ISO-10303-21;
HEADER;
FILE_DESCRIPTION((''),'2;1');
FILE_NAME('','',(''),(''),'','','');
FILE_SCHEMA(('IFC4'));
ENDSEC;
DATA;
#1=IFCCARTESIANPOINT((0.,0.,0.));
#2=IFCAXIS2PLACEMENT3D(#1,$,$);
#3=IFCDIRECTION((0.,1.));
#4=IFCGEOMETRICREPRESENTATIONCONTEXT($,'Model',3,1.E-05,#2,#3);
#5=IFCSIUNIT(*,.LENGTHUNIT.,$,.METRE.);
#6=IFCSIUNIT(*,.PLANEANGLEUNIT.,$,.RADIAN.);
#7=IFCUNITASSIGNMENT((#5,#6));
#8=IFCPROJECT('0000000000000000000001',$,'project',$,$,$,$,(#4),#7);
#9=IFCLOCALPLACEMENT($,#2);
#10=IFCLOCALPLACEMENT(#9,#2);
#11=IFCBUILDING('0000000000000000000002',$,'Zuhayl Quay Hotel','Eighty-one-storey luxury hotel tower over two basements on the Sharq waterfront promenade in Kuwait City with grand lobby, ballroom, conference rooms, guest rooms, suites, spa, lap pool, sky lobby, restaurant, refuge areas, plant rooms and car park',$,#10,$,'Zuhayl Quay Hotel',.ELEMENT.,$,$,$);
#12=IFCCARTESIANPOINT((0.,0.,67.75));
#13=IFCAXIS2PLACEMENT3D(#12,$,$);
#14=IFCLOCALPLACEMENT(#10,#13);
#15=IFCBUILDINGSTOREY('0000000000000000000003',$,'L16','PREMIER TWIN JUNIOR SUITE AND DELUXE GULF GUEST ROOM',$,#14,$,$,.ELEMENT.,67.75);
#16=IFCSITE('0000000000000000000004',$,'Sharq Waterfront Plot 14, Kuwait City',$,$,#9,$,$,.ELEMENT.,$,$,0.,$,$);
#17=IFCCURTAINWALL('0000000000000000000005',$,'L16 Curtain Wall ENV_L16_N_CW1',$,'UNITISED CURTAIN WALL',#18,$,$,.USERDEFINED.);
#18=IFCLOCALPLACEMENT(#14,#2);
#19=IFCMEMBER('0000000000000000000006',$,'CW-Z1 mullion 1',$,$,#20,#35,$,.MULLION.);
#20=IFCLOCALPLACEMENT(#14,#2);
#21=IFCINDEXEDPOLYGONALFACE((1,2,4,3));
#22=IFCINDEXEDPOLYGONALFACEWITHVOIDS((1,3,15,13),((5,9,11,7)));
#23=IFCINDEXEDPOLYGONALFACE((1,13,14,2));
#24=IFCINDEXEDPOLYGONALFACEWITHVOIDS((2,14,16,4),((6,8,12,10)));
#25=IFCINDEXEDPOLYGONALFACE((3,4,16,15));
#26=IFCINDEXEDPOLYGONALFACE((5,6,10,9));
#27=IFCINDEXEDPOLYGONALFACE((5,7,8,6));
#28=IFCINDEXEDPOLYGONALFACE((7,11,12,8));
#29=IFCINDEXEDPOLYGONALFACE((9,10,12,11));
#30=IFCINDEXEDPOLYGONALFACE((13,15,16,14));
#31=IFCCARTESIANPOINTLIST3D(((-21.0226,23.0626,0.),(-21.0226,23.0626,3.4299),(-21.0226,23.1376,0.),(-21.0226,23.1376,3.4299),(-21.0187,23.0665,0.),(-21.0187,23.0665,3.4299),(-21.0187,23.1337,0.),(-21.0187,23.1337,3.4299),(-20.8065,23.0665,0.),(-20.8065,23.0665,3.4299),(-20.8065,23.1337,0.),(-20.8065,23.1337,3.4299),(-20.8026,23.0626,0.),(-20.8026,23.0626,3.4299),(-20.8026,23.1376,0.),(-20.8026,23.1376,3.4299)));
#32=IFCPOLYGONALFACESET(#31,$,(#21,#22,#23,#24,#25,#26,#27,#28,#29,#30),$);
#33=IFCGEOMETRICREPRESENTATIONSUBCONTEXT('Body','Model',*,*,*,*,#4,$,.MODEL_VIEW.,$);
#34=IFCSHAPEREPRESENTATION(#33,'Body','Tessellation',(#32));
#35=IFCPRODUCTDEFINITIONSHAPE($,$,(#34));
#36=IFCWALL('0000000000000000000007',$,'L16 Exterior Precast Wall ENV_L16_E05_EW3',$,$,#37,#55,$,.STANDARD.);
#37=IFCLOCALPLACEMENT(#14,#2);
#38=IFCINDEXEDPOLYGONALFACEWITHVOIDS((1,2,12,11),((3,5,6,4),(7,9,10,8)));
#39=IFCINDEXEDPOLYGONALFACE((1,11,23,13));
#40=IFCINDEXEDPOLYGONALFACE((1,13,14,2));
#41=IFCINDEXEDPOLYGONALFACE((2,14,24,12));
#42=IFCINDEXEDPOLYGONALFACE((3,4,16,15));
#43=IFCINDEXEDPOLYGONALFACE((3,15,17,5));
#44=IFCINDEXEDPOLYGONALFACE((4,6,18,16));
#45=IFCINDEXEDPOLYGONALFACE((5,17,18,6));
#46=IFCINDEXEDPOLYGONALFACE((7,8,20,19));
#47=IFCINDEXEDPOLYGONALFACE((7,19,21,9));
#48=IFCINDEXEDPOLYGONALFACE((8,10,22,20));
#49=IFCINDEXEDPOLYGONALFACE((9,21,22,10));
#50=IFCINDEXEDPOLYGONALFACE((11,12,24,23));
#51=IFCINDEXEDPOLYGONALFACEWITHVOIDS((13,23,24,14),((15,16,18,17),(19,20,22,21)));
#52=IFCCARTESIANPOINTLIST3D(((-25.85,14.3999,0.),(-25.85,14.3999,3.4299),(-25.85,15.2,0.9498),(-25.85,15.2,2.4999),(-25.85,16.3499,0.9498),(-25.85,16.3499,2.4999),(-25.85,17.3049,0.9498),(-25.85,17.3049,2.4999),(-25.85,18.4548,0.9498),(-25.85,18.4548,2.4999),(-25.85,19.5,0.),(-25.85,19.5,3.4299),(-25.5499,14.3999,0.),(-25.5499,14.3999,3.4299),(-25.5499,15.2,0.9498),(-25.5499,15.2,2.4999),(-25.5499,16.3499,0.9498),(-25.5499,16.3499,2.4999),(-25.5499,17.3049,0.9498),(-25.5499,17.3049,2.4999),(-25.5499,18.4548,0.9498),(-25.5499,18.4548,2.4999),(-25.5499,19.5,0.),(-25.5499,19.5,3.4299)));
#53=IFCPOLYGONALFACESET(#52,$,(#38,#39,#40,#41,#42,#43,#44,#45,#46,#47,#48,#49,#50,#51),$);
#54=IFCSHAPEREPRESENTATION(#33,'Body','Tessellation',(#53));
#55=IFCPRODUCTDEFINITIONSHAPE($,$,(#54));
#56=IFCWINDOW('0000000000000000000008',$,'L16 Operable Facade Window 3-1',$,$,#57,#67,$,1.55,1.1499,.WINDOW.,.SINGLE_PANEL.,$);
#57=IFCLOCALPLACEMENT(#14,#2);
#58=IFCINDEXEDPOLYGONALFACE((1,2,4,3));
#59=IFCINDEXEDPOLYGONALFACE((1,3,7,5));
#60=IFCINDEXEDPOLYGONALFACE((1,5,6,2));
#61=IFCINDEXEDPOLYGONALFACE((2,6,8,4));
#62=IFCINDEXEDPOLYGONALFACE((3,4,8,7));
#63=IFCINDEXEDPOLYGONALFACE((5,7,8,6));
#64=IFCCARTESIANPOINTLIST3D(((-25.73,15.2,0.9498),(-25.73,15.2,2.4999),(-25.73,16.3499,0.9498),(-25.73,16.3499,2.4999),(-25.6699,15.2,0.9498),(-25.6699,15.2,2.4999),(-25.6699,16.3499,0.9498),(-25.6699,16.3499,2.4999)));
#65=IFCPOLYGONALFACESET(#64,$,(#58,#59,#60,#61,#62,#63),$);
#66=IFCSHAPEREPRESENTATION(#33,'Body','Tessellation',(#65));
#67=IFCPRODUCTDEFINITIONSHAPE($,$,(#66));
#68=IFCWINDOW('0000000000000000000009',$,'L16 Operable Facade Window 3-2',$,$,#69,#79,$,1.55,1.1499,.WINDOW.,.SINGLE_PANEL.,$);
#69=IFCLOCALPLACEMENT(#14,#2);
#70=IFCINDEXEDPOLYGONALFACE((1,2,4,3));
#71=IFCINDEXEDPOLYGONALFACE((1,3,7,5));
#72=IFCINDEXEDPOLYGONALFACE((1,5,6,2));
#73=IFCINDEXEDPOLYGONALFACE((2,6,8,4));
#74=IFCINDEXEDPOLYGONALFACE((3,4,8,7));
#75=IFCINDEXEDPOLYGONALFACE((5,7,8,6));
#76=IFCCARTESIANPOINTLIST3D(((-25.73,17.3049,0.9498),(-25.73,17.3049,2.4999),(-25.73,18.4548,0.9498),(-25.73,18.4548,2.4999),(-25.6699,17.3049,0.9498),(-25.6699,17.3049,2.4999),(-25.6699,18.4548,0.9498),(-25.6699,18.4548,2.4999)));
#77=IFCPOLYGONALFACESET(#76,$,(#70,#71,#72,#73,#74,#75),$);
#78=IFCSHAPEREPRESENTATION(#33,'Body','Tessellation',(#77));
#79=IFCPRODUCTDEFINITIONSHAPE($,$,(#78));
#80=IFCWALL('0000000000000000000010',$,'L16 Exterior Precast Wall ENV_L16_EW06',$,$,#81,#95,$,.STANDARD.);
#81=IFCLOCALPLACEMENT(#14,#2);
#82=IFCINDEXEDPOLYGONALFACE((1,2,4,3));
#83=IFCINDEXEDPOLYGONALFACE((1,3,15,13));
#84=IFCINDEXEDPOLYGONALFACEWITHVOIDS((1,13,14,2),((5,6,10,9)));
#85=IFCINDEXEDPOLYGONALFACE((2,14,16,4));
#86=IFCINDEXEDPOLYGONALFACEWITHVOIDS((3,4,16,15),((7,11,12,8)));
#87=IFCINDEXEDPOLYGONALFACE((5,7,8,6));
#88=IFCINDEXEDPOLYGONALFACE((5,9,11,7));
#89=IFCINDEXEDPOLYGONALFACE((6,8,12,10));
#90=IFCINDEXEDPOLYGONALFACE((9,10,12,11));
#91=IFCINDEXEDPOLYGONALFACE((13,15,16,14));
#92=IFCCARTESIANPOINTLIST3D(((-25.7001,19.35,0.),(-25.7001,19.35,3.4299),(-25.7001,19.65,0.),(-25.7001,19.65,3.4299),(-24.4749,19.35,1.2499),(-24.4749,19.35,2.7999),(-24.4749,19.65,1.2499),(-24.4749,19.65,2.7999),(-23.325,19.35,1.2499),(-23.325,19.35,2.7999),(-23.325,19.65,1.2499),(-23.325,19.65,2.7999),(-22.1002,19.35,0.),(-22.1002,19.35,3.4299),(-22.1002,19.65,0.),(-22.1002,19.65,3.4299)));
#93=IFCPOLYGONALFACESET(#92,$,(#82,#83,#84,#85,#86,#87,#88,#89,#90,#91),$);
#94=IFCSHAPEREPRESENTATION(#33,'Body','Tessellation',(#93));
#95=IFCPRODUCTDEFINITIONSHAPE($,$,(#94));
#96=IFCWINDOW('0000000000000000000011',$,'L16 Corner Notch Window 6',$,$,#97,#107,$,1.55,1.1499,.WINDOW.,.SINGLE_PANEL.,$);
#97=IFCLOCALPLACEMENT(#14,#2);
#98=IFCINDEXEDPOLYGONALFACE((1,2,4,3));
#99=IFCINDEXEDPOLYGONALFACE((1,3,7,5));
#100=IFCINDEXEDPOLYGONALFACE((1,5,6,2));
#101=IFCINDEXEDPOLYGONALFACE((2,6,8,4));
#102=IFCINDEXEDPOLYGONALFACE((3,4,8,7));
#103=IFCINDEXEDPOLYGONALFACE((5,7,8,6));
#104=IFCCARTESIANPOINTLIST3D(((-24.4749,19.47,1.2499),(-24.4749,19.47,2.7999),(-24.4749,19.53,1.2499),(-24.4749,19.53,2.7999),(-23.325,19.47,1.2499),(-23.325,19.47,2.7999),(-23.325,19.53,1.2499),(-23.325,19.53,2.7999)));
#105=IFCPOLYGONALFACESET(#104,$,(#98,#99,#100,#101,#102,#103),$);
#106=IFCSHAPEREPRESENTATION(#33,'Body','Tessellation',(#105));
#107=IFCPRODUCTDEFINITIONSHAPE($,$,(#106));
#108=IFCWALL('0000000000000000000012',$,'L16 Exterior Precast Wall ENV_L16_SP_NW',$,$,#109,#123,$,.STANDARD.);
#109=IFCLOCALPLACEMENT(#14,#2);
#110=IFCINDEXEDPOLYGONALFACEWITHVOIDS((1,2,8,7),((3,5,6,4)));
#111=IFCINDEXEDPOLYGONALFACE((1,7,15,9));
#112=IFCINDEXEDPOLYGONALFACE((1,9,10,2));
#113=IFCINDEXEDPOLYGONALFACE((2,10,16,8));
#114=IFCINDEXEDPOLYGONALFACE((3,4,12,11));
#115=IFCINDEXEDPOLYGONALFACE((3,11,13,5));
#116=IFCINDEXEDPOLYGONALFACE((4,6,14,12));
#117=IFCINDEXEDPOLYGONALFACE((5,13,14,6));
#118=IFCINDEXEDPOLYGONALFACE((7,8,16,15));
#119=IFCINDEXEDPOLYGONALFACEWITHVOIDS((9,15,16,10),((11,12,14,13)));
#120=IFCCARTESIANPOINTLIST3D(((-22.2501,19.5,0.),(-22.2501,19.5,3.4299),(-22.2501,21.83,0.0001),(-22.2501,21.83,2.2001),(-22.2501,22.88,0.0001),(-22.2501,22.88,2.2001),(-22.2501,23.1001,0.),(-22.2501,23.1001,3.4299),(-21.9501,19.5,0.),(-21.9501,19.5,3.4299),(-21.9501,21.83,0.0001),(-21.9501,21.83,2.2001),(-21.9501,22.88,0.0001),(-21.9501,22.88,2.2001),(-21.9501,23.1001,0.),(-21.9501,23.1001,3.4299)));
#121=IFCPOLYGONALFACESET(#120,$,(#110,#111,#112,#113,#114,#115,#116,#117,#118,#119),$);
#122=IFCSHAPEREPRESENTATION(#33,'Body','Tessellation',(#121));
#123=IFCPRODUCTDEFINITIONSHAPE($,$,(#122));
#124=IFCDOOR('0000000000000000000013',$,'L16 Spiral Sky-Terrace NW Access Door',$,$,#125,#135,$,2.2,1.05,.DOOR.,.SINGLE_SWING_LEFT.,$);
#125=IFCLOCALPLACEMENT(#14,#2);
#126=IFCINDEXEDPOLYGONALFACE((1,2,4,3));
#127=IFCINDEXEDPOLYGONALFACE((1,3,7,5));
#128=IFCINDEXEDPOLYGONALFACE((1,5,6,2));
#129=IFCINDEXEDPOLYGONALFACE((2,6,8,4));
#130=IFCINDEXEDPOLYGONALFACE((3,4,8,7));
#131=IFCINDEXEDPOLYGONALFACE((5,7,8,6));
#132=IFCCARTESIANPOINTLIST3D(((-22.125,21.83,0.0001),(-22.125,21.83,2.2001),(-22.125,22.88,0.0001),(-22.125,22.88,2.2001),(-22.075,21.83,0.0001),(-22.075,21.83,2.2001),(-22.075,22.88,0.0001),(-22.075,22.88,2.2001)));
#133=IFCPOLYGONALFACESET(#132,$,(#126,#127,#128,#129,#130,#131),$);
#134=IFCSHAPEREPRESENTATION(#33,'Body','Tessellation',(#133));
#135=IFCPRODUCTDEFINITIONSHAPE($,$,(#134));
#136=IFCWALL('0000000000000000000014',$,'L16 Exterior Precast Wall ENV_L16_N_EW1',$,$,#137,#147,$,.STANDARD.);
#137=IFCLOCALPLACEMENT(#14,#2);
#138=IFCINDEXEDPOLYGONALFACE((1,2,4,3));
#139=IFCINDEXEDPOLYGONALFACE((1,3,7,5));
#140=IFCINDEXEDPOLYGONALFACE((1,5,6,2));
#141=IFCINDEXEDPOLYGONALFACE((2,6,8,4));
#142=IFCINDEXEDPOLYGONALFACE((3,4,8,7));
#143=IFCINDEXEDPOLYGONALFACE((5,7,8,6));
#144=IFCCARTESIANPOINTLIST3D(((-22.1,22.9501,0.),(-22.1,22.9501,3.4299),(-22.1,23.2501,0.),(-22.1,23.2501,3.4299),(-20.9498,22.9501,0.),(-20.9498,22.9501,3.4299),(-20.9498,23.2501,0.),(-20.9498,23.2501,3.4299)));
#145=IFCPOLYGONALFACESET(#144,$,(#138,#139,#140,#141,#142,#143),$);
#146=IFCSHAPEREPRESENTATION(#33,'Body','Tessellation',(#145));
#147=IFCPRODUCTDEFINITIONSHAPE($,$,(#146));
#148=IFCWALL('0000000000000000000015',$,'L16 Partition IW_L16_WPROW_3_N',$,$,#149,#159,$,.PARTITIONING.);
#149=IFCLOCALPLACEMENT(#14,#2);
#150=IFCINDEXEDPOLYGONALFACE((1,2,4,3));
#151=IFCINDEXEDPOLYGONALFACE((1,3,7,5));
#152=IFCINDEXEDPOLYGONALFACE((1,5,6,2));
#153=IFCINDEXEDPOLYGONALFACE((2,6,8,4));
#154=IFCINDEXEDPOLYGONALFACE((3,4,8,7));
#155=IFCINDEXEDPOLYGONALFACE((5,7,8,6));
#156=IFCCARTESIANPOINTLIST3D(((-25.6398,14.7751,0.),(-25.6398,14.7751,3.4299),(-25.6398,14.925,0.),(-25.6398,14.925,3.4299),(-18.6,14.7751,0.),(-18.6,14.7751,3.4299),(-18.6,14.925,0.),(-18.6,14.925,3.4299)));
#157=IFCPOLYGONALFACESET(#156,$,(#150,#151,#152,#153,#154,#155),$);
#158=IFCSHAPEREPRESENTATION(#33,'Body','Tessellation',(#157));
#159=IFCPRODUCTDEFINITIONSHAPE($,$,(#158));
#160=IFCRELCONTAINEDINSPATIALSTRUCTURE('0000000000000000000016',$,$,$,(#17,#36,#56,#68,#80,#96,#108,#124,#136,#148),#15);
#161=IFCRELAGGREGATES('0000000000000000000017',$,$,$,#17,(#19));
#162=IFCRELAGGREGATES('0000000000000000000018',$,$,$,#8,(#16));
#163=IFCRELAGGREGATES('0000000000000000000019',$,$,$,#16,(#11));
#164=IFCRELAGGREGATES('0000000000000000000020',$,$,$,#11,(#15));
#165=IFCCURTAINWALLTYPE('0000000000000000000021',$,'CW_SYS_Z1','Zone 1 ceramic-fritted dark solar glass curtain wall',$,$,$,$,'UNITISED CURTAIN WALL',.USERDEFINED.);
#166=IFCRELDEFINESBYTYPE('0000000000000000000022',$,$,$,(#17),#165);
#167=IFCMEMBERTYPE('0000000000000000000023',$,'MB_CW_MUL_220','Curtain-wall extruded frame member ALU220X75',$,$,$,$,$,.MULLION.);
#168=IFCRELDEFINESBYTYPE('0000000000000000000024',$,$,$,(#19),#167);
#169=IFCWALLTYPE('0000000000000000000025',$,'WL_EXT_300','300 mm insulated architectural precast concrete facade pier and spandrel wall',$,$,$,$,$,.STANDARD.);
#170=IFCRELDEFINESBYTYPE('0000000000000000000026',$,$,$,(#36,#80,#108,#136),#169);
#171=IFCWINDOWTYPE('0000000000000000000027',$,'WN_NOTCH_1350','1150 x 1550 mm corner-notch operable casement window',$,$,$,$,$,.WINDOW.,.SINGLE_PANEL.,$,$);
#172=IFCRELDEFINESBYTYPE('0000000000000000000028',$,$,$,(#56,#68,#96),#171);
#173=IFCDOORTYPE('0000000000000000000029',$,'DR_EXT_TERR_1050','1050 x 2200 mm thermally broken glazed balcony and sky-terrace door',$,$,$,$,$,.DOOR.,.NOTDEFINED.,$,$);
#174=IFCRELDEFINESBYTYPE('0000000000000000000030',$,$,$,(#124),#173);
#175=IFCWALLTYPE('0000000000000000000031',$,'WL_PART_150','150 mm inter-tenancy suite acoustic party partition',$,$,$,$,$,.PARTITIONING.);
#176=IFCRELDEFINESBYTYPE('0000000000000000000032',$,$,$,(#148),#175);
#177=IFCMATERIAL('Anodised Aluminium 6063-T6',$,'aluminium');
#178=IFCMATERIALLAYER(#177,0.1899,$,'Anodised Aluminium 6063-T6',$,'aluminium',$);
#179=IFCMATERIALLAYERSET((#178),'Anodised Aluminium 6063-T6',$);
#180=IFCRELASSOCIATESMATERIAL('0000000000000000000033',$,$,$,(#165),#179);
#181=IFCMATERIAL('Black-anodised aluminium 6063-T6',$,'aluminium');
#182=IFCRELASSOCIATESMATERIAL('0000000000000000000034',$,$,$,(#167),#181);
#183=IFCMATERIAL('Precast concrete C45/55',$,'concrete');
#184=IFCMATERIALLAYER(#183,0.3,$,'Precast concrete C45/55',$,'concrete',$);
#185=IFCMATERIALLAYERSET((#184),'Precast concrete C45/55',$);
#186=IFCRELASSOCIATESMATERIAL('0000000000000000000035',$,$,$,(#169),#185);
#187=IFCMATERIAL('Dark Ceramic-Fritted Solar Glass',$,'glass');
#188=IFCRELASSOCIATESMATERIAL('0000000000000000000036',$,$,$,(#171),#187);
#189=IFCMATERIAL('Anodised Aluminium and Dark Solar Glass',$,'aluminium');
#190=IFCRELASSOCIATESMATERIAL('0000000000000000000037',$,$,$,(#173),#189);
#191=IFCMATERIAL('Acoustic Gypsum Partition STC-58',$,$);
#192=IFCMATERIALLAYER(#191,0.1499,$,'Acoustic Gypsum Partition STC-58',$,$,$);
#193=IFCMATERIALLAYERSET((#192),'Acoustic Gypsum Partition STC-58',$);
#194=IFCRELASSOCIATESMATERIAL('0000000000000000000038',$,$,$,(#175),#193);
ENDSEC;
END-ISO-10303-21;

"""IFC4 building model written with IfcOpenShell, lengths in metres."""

from ifc_helpers import new_model, si_unit, direction, frame, frame_2d, origin, origin_2d, place, context, subcontext, project, spatial, rectangle, hollow_rectangle, extrude, material, layer, layer_set, material_profile, profile_set, type_object, element, fill, aggregate, save


model = new_model("IFC4")

# Units and contexts
model_context = context("Model", 3, precision=1e-05, world=origin(), true_north=direction((0.0, 1.0)))
body_context = subcontext(model_context, "Body", "Model", "MODEL_VIEW")
ifc_project = project(units=[si_unit("LENGTHUNIT", "METRE"), si_unit("PLANEANGLEUNIT", "RADIAN")], contexts=[model_context])

# Site, building, storey
site_placement = place(None, origin())
site = spatial("IfcSite", under=ifc_project, at=site_placement, Name="Sharq Waterfront Plot 14, Kuwait City", CompositionType="ELEMENT", RefElevation=0.0)
building_placement = place(site_placement, origin())
building = spatial("IfcBuilding", under=site, at=building_placement, Name="Zuhayl Quay Hotel", Description="Eighty-one-storey luxury hotel tower over two basements on the Sharq waterfront promenade in Kuwait City with grand lobby, ballroom, conference rooms, guest rooms, suites, spa, lap pool, sky lobby, restaurant, refuge areas, plant rooms and car park", LongName="Zuhayl Quay Hotel", CompositionType="ELEMENT")
storey_placement = place(building_placement, frame((0.0, 0.0, 67.75)))
storey = spatial("IfcBuildingStorey", under=building, at=storey_placement, Name="L16", Description="PREMIER TWIN JUNIOR SUITE AND DELUXE GULF GUEST ROOM", CompositionType="ELEMENT", Elevation=67.75)

# Curtain wall, member
ifc_material_1 = material(Name="Anodised Aluminium 6063-T6", Category="aluminium")
ifc_layer_1 = layer(ifc_material_1, 0.1899, Name="Anodised Aluminium 6063-T6", Category="aluminium")
ifc_layer_set_1 = layer_set([ifc_layer_1], Name="Anodised Aluminium 6063-T6")
curtain_wall_type = type_object("IfcCurtainWallType", Name="CW_SYS_Z1", Description="Zone 1 ceramic-fritted dark solar glass curtain wall", ElementType="UNITISED CURTAIN WALL", PredefinedType="USERDEFINED", material=ifc_layer_set_1)
curtain_wall_placement = place(storey_placement, origin())
curtain_wall = element("IfcCurtainWall", 1, at=curtain_wall_placement, inside=storey, type_object=curtain_wall_type, Name="L16 Curtain Wall ENV_L16_N_CW1", ObjectType="UNITISED CURTAIN WALL", PredefinedType="USERDEFINED")
ifc_material_2 = material(Name="Black-anodised aluminium 6063-T6", Category="aluminium")
ifc_material_profile = material_profile(ifc_material_2, hollow_rectangle(XDim=0.075, YDim=0.22, WallThickness=0.0039, at=origin_2d()), Name="ALU220X75")
ifc_profile_set = profile_set([ifc_material_profile], Name="Black-anodised aluminium 6063-T6")
member_type = type_object("IfcMemberType", Name="MB_CW_MUL_220", Description="Curtain-wall extruded frame member ALU220X75", PredefinedType="MULLION", material=ifc_profile_set)
member_placement = place(storey_placement, frame((-20.9126, 23.1001, 0.0), z_axis=(0.0, 0.0, 1.0), x_axis=(0.0, 1.0, 0.0)))
member = element("IfcMember", 2, at=member_placement, type_object=member_type, Name="CW-Z1 mullion 1", PredefinedType="MULLION", context=body_context, shape_type="SweptSolid", body=[
    extrude(hollow_rectangle(XDim=0.075, YDim=0.22, WallThickness=0.0039, at=origin_2d()), origin(), (0.0, 0.0, 1.0), 3.4299),
])
aggregate(curtain_wall, [member])

# Wall, openings, windows
ifc_material_3 = material(Name="Precast concrete C45/55", Category="concrete")
ifc_layer_2 = layer(ifc_material_3, 0.3, Name="Precast concrete C45/55", Category="concrete")
ifc_layer_set_2 = layer_set([ifc_layer_2], Name="Precast concrete C45/55")
wall_type_1 = type_object("IfcWallType", Name="WL_EXT_300", Description="300 mm insulated architectural precast concrete facade pier and spandrel wall", PredefinedType="STANDARD", material=ifc_layer_set_2)
wall_1_placement = place(storey_placement, frame((-25.7, 14.3999, 0.0), z_axis=(0.0, 0.0, 1.0), x_axis=(0.0, 1.0, 0.0)))
wall_1 = element("IfcWall", 3, at=wall_1_placement, inside=storey, type_object=wall_type_1, Name="L16 Exterior Precast Wall ENV_L16_E05_EW3", PredefinedType="STANDARD", context=body_context, shape_type="SweptSolid", body=[
    extrude(rectangle(XDim=5.1001, YDim=0.3, at=frame_2d((2.55, 0.0))), origin(), (0.0, 0.0, 1.0), 3.4299),
])
opening_1_placement = place(wall_1_placement, frame((0.8, 0.0, 0.95)))
opening_1 = element("IfcOpeningElement", 4, at=opening_1_placement, cuts=wall_1, PredefinedType="OPENING", context=body_context, shape_type="SweptSolid", body=[
    extrude(rectangle(XDim=1.1499, YDim=1.55, at=frame_2d((0.575, 0.7749))), frame((0.0, 0.1599, 0.0), z_axis=(0.0, -1.0, 0.0), x_axis=(1.0, 0.0, 0.0)), (0.0, 0.0, 1.0), 0.3201),
])
opening_2_placement = place(wall_1_placement, frame((2.905, 0.0, 0.95)))
opening_2 = element("IfcOpeningElement", 5, at=opening_2_placement, cuts=wall_1, PredefinedType="OPENING", context=body_context, shape_type="SweptSolid", body=[
    extrude(rectangle(XDim=1.1499, YDim=1.55, at=frame_2d((0.575, 0.7749))), frame((0.0, 0.1599, 0.0), z_axis=(0.0, -1.0, 0.0), x_axis=(1.0, 0.0, 0.0)), (0.0, 0.0, 1.0), 0.3201),
])
ifc_material_4 = material(Name="Dark Ceramic-Fritted Solar Glass", Category="glass")
window_type = type_object("IfcWindowType", Name="WN_NOTCH_1350", Description="1150 x 1550 mm corner-notch operable casement window", PartitioningType="SINGLE_PANEL", PredefinedType="WINDOW", material=ifc_material_4)
window_1_placement = place(opening_1_placement, origin())
window_1 = element("IfcWindow", 6, at=window_1_placement, inside=storey, type_object=window_type, Name="L16 Operable Facade Window 3-1", OverallHeight=1.55, OverallWidth=1.1499, PartitioningType="SINGLE_PANEL", PredefinedType="WINDOW", context=body_context, shape_type="SweptSolid", body=[
    extrude(rectangle(XDim=1.1499, YDim=1.55, at=frame_2d((0.575, 0.7749))), frame((0.0, 0.03, 0.0), z_axis=(0.0, -1.0, 0.0), x_axis=(1.0, 0.0, 0.0)), (0.0, 0.0, 1.0), 0.0601),
])
fill(opening_1, window_1)
window_2_placement = place(opening_2_placement, origin())
window_2 = element("IfcWindow", 7, at=window_2_placement, inside=storey, type_object=window_type, Name="L16 Operable Facade Window 3-2", OverallHeight=1.55, OverallWidth=1.1499, PartitioningType="SINGLE_PANEL", PredefinedType="WINDOW", context=body_context, shape_type="SweptSolid", body=[
    extrude(rectangle(XDim=1.1499, YDim=1.55, at=frame_2d((0.575, 0.7749))), frame((0.0, 0.03, 0.0), z_axis=(0.0, -1.0, 0.0), x_axis=(1.0, 0.0, 0.0)), (0.0, 0.0, 1.0), 0.0601),
])
fill(opening_2, window_2)

# Wall, opening, window
wall_2_placement = place(storey_placement, frame((-25.7, 19.5, 0.0), z_axis=(0.0, 0.0, 1.0), x_axis=(1.0, 0.0, 0.0)))
wall_2 = element("IfcWall", 8, at=wall_2_placement, inside=storey, type_object=wall_type_1, Name="L16 Exterior Precast Wall ENV_L16_EW06", PredefinedType="STANDARD", context=body_context, shape_type="SweptSolid", body=[
    extrude(rectangle(XDim=3.5999, YDim=0.3, at=frame_2d((1.7998, 0.0))), origin(), (0.0, 0.0, 1.0), 3.4299),
])
opening_3_placement = place(wall_2_placement, frame((1.2251, 0.0, 1.25)))
opening_3 = element("IfcOpeningElement", 9, at=opening_3_placement, cuts=wall_2, PredefinedType="OPENING", context=body_context, shape_type="SweptSolid", body=[
    extrude(rectangle(XDim=1.1499, YDim=1.55, at=frame_2d((0.575, 0.7749))), frame((0.0, 0.1599, 0.0), z_axis=(0.0, -1.0, 0.0), x_axis=(1.0, 0.0, 0.0)), (0.0, 0.0, 1.0), 0.3201),
])
window_3_placement = place(opening_3_placement, origin())
window_3 = element("IfcWindow", 10, at=window_3_placement, inside=storey, type_object=window_type, Name="L16 Corner Notch Window 6", OverallHeight=1.55, OverallWidth=1.1499, PartitioningType="SINGLE_PANEL", PredefinedType="WINDOW", context=body_context, shape_type="SweptSolid", body=[
    extrude(rectangle(XDim=1.1499, YDim=1.55, at=frame_2d((0.575, 0.7749))), frame((0.0, 0.03, 0.0), z_axis=(0.0, -1.0, 0.0), x_axis=(1.0, 0.0, 0.0)), (0.0, 0.0, 1.0), 0.0601),
])
fill(opening_3, window_3)

# Wall, opening, door
wall_3_placement = place(storey_placement, frame((-22.1001, 19.5, 0.0), z_axis=(0.0, 0.0, 1.0), x_axis=(0.0, 1.0, 0.0)))
wall_3 = element("IfcWall", 11, at=wall_3_placement, inside=storey, type_object=wall_type_1, Name="L16 Exterior Precast Wall ENV_L16_SP_NW", PredefinedType="STANDARD", context=body_context, shape_type="SweptSolid", body=[
    extrude(rectangle(XDim=3.6001, YDim=0.3, at=frame_2d((1.8, 0.0))), origin(), (0.0, 0.0, 1.0), 3.4299),
])
opening_4_placement = place(wall_3_placement, frame((2.3301, 0.0, 0.0)))
opening_4 = element("IfcOpeningElement", 12, at=opening_4_placement, cuts=wall_3, PredefinedType="OPENING", context=body_context, shape_type="SweptSolid", body=[
    extrude(rectangle(XDim=1.05, YDim=2.2, at=frame_2d((0.5249, 1.1001))), frame((0.0, 0.1599, 0.0), z_axis=(0.0, -1.0, 0.0), x_axis=(1.0, 0.0, 0.0)), (0.0, 0.0, 1.0), 0.3201),
])
ifc_material_5 = material(Name="Anodised Aluminium and Dark Solar Glass", Category="aluminium")
door_type_1 = type_object("IfcDoorType", Name="DR_EXT_TERR_1050", Description="1050 x 2200 mm thermally broken glazed balcony and sky-terrace door", OperationType="NOTDEFINED", PredefinedType="DOOR", material=ifc_material_5)
door_1_placement = place(opening_4_placement, origin())
door_1 = element("IfcDoor", 13, at=door_1_placement, inside=storey, type_object=door_type_1, Name="L16 Spiral Sky-Terrace NW Access Door", OperationType="SINGLE_SWING_LEFT", OverallHeight=2.2, OverallWidth=1.05, PredefinedType="DOOR", context=body_context, shape_type="SweptSolid", body=[
    extrude(rectangle(XDim=1.05, YDim=2.2, at=frame_2d((0.5249, 1.1001))), frame((0.0, 0.0249, 0.0), z_axis=(0.0, -1.0, 0.0), x_axis=(1.0, 0.0, 0.0)), (0.0, 0.0, 1.0), 0.05),
])
fill(opening_4, door_1)

# Walls
wall_4_placement = place(storey_placement, frame((-22.1001, 23.1001, 0.0), z_axis=(0.0, 0.0, 1.0), x_axis=(1.0, 0.0, 0.0)))
element("IfcWall", 14, at=wall_4_placement, inside=storey, type_object=wall_type_1, Name="L16 Exterior Precast Wall ENV_L16_N_EW1", PredefinedType="STANDARD", context=body_context, shape_type="SweptSolid", body=[
    extrude(rectangle(XDim=1.1501, YDim=0.3, at=frame_2d((0.5752, 0.0))), origin(), (0.0, 0.0, 1.0), 3.4299),
])
ifc_material_6 = material(Name="Acoustic Gypsum Partition STC-58")
ifc_layer_3 = layer(ifc_material_6, 0.1499, Name="Acoustic Gypsum Partition STC-58")
ifc_layer_set_3 = layer_set([ifc_layer_3], Name="Acoustic Gypsum Partition STC-58")
wall_type_2 = type_object("IfcWallType", Name="WL_PART_150", Description="150 mm inter-tenancy suite acoustic party partition", PredefinedType="PARTITIONING", material=ifc_layer_set_3)
wall_5_placement = place(storey_placement, frame((-25.6399, 14.8501, 0.0), z_axis=(0.0, 0.0, 1.0), x_axis=(1.0, 0.0, 0.0)))
element("IfcWall", 15, at=wall_5_placement, inside=storey, type_object=wall_type_2, Name="L16 Partition IW_L16_WPROW_3_N", PredefinedType="PARTITIONING", context=body_context, shape_type="SweptSolid", body=[
    extrude(rectangle(XDim=7.0398, YDim=0.1499, at=frame_2d((3.52, 0.0))), origin(), (0.0, 0.0, 1.0), 3.4299),
])

save(model, "model.ifc")
